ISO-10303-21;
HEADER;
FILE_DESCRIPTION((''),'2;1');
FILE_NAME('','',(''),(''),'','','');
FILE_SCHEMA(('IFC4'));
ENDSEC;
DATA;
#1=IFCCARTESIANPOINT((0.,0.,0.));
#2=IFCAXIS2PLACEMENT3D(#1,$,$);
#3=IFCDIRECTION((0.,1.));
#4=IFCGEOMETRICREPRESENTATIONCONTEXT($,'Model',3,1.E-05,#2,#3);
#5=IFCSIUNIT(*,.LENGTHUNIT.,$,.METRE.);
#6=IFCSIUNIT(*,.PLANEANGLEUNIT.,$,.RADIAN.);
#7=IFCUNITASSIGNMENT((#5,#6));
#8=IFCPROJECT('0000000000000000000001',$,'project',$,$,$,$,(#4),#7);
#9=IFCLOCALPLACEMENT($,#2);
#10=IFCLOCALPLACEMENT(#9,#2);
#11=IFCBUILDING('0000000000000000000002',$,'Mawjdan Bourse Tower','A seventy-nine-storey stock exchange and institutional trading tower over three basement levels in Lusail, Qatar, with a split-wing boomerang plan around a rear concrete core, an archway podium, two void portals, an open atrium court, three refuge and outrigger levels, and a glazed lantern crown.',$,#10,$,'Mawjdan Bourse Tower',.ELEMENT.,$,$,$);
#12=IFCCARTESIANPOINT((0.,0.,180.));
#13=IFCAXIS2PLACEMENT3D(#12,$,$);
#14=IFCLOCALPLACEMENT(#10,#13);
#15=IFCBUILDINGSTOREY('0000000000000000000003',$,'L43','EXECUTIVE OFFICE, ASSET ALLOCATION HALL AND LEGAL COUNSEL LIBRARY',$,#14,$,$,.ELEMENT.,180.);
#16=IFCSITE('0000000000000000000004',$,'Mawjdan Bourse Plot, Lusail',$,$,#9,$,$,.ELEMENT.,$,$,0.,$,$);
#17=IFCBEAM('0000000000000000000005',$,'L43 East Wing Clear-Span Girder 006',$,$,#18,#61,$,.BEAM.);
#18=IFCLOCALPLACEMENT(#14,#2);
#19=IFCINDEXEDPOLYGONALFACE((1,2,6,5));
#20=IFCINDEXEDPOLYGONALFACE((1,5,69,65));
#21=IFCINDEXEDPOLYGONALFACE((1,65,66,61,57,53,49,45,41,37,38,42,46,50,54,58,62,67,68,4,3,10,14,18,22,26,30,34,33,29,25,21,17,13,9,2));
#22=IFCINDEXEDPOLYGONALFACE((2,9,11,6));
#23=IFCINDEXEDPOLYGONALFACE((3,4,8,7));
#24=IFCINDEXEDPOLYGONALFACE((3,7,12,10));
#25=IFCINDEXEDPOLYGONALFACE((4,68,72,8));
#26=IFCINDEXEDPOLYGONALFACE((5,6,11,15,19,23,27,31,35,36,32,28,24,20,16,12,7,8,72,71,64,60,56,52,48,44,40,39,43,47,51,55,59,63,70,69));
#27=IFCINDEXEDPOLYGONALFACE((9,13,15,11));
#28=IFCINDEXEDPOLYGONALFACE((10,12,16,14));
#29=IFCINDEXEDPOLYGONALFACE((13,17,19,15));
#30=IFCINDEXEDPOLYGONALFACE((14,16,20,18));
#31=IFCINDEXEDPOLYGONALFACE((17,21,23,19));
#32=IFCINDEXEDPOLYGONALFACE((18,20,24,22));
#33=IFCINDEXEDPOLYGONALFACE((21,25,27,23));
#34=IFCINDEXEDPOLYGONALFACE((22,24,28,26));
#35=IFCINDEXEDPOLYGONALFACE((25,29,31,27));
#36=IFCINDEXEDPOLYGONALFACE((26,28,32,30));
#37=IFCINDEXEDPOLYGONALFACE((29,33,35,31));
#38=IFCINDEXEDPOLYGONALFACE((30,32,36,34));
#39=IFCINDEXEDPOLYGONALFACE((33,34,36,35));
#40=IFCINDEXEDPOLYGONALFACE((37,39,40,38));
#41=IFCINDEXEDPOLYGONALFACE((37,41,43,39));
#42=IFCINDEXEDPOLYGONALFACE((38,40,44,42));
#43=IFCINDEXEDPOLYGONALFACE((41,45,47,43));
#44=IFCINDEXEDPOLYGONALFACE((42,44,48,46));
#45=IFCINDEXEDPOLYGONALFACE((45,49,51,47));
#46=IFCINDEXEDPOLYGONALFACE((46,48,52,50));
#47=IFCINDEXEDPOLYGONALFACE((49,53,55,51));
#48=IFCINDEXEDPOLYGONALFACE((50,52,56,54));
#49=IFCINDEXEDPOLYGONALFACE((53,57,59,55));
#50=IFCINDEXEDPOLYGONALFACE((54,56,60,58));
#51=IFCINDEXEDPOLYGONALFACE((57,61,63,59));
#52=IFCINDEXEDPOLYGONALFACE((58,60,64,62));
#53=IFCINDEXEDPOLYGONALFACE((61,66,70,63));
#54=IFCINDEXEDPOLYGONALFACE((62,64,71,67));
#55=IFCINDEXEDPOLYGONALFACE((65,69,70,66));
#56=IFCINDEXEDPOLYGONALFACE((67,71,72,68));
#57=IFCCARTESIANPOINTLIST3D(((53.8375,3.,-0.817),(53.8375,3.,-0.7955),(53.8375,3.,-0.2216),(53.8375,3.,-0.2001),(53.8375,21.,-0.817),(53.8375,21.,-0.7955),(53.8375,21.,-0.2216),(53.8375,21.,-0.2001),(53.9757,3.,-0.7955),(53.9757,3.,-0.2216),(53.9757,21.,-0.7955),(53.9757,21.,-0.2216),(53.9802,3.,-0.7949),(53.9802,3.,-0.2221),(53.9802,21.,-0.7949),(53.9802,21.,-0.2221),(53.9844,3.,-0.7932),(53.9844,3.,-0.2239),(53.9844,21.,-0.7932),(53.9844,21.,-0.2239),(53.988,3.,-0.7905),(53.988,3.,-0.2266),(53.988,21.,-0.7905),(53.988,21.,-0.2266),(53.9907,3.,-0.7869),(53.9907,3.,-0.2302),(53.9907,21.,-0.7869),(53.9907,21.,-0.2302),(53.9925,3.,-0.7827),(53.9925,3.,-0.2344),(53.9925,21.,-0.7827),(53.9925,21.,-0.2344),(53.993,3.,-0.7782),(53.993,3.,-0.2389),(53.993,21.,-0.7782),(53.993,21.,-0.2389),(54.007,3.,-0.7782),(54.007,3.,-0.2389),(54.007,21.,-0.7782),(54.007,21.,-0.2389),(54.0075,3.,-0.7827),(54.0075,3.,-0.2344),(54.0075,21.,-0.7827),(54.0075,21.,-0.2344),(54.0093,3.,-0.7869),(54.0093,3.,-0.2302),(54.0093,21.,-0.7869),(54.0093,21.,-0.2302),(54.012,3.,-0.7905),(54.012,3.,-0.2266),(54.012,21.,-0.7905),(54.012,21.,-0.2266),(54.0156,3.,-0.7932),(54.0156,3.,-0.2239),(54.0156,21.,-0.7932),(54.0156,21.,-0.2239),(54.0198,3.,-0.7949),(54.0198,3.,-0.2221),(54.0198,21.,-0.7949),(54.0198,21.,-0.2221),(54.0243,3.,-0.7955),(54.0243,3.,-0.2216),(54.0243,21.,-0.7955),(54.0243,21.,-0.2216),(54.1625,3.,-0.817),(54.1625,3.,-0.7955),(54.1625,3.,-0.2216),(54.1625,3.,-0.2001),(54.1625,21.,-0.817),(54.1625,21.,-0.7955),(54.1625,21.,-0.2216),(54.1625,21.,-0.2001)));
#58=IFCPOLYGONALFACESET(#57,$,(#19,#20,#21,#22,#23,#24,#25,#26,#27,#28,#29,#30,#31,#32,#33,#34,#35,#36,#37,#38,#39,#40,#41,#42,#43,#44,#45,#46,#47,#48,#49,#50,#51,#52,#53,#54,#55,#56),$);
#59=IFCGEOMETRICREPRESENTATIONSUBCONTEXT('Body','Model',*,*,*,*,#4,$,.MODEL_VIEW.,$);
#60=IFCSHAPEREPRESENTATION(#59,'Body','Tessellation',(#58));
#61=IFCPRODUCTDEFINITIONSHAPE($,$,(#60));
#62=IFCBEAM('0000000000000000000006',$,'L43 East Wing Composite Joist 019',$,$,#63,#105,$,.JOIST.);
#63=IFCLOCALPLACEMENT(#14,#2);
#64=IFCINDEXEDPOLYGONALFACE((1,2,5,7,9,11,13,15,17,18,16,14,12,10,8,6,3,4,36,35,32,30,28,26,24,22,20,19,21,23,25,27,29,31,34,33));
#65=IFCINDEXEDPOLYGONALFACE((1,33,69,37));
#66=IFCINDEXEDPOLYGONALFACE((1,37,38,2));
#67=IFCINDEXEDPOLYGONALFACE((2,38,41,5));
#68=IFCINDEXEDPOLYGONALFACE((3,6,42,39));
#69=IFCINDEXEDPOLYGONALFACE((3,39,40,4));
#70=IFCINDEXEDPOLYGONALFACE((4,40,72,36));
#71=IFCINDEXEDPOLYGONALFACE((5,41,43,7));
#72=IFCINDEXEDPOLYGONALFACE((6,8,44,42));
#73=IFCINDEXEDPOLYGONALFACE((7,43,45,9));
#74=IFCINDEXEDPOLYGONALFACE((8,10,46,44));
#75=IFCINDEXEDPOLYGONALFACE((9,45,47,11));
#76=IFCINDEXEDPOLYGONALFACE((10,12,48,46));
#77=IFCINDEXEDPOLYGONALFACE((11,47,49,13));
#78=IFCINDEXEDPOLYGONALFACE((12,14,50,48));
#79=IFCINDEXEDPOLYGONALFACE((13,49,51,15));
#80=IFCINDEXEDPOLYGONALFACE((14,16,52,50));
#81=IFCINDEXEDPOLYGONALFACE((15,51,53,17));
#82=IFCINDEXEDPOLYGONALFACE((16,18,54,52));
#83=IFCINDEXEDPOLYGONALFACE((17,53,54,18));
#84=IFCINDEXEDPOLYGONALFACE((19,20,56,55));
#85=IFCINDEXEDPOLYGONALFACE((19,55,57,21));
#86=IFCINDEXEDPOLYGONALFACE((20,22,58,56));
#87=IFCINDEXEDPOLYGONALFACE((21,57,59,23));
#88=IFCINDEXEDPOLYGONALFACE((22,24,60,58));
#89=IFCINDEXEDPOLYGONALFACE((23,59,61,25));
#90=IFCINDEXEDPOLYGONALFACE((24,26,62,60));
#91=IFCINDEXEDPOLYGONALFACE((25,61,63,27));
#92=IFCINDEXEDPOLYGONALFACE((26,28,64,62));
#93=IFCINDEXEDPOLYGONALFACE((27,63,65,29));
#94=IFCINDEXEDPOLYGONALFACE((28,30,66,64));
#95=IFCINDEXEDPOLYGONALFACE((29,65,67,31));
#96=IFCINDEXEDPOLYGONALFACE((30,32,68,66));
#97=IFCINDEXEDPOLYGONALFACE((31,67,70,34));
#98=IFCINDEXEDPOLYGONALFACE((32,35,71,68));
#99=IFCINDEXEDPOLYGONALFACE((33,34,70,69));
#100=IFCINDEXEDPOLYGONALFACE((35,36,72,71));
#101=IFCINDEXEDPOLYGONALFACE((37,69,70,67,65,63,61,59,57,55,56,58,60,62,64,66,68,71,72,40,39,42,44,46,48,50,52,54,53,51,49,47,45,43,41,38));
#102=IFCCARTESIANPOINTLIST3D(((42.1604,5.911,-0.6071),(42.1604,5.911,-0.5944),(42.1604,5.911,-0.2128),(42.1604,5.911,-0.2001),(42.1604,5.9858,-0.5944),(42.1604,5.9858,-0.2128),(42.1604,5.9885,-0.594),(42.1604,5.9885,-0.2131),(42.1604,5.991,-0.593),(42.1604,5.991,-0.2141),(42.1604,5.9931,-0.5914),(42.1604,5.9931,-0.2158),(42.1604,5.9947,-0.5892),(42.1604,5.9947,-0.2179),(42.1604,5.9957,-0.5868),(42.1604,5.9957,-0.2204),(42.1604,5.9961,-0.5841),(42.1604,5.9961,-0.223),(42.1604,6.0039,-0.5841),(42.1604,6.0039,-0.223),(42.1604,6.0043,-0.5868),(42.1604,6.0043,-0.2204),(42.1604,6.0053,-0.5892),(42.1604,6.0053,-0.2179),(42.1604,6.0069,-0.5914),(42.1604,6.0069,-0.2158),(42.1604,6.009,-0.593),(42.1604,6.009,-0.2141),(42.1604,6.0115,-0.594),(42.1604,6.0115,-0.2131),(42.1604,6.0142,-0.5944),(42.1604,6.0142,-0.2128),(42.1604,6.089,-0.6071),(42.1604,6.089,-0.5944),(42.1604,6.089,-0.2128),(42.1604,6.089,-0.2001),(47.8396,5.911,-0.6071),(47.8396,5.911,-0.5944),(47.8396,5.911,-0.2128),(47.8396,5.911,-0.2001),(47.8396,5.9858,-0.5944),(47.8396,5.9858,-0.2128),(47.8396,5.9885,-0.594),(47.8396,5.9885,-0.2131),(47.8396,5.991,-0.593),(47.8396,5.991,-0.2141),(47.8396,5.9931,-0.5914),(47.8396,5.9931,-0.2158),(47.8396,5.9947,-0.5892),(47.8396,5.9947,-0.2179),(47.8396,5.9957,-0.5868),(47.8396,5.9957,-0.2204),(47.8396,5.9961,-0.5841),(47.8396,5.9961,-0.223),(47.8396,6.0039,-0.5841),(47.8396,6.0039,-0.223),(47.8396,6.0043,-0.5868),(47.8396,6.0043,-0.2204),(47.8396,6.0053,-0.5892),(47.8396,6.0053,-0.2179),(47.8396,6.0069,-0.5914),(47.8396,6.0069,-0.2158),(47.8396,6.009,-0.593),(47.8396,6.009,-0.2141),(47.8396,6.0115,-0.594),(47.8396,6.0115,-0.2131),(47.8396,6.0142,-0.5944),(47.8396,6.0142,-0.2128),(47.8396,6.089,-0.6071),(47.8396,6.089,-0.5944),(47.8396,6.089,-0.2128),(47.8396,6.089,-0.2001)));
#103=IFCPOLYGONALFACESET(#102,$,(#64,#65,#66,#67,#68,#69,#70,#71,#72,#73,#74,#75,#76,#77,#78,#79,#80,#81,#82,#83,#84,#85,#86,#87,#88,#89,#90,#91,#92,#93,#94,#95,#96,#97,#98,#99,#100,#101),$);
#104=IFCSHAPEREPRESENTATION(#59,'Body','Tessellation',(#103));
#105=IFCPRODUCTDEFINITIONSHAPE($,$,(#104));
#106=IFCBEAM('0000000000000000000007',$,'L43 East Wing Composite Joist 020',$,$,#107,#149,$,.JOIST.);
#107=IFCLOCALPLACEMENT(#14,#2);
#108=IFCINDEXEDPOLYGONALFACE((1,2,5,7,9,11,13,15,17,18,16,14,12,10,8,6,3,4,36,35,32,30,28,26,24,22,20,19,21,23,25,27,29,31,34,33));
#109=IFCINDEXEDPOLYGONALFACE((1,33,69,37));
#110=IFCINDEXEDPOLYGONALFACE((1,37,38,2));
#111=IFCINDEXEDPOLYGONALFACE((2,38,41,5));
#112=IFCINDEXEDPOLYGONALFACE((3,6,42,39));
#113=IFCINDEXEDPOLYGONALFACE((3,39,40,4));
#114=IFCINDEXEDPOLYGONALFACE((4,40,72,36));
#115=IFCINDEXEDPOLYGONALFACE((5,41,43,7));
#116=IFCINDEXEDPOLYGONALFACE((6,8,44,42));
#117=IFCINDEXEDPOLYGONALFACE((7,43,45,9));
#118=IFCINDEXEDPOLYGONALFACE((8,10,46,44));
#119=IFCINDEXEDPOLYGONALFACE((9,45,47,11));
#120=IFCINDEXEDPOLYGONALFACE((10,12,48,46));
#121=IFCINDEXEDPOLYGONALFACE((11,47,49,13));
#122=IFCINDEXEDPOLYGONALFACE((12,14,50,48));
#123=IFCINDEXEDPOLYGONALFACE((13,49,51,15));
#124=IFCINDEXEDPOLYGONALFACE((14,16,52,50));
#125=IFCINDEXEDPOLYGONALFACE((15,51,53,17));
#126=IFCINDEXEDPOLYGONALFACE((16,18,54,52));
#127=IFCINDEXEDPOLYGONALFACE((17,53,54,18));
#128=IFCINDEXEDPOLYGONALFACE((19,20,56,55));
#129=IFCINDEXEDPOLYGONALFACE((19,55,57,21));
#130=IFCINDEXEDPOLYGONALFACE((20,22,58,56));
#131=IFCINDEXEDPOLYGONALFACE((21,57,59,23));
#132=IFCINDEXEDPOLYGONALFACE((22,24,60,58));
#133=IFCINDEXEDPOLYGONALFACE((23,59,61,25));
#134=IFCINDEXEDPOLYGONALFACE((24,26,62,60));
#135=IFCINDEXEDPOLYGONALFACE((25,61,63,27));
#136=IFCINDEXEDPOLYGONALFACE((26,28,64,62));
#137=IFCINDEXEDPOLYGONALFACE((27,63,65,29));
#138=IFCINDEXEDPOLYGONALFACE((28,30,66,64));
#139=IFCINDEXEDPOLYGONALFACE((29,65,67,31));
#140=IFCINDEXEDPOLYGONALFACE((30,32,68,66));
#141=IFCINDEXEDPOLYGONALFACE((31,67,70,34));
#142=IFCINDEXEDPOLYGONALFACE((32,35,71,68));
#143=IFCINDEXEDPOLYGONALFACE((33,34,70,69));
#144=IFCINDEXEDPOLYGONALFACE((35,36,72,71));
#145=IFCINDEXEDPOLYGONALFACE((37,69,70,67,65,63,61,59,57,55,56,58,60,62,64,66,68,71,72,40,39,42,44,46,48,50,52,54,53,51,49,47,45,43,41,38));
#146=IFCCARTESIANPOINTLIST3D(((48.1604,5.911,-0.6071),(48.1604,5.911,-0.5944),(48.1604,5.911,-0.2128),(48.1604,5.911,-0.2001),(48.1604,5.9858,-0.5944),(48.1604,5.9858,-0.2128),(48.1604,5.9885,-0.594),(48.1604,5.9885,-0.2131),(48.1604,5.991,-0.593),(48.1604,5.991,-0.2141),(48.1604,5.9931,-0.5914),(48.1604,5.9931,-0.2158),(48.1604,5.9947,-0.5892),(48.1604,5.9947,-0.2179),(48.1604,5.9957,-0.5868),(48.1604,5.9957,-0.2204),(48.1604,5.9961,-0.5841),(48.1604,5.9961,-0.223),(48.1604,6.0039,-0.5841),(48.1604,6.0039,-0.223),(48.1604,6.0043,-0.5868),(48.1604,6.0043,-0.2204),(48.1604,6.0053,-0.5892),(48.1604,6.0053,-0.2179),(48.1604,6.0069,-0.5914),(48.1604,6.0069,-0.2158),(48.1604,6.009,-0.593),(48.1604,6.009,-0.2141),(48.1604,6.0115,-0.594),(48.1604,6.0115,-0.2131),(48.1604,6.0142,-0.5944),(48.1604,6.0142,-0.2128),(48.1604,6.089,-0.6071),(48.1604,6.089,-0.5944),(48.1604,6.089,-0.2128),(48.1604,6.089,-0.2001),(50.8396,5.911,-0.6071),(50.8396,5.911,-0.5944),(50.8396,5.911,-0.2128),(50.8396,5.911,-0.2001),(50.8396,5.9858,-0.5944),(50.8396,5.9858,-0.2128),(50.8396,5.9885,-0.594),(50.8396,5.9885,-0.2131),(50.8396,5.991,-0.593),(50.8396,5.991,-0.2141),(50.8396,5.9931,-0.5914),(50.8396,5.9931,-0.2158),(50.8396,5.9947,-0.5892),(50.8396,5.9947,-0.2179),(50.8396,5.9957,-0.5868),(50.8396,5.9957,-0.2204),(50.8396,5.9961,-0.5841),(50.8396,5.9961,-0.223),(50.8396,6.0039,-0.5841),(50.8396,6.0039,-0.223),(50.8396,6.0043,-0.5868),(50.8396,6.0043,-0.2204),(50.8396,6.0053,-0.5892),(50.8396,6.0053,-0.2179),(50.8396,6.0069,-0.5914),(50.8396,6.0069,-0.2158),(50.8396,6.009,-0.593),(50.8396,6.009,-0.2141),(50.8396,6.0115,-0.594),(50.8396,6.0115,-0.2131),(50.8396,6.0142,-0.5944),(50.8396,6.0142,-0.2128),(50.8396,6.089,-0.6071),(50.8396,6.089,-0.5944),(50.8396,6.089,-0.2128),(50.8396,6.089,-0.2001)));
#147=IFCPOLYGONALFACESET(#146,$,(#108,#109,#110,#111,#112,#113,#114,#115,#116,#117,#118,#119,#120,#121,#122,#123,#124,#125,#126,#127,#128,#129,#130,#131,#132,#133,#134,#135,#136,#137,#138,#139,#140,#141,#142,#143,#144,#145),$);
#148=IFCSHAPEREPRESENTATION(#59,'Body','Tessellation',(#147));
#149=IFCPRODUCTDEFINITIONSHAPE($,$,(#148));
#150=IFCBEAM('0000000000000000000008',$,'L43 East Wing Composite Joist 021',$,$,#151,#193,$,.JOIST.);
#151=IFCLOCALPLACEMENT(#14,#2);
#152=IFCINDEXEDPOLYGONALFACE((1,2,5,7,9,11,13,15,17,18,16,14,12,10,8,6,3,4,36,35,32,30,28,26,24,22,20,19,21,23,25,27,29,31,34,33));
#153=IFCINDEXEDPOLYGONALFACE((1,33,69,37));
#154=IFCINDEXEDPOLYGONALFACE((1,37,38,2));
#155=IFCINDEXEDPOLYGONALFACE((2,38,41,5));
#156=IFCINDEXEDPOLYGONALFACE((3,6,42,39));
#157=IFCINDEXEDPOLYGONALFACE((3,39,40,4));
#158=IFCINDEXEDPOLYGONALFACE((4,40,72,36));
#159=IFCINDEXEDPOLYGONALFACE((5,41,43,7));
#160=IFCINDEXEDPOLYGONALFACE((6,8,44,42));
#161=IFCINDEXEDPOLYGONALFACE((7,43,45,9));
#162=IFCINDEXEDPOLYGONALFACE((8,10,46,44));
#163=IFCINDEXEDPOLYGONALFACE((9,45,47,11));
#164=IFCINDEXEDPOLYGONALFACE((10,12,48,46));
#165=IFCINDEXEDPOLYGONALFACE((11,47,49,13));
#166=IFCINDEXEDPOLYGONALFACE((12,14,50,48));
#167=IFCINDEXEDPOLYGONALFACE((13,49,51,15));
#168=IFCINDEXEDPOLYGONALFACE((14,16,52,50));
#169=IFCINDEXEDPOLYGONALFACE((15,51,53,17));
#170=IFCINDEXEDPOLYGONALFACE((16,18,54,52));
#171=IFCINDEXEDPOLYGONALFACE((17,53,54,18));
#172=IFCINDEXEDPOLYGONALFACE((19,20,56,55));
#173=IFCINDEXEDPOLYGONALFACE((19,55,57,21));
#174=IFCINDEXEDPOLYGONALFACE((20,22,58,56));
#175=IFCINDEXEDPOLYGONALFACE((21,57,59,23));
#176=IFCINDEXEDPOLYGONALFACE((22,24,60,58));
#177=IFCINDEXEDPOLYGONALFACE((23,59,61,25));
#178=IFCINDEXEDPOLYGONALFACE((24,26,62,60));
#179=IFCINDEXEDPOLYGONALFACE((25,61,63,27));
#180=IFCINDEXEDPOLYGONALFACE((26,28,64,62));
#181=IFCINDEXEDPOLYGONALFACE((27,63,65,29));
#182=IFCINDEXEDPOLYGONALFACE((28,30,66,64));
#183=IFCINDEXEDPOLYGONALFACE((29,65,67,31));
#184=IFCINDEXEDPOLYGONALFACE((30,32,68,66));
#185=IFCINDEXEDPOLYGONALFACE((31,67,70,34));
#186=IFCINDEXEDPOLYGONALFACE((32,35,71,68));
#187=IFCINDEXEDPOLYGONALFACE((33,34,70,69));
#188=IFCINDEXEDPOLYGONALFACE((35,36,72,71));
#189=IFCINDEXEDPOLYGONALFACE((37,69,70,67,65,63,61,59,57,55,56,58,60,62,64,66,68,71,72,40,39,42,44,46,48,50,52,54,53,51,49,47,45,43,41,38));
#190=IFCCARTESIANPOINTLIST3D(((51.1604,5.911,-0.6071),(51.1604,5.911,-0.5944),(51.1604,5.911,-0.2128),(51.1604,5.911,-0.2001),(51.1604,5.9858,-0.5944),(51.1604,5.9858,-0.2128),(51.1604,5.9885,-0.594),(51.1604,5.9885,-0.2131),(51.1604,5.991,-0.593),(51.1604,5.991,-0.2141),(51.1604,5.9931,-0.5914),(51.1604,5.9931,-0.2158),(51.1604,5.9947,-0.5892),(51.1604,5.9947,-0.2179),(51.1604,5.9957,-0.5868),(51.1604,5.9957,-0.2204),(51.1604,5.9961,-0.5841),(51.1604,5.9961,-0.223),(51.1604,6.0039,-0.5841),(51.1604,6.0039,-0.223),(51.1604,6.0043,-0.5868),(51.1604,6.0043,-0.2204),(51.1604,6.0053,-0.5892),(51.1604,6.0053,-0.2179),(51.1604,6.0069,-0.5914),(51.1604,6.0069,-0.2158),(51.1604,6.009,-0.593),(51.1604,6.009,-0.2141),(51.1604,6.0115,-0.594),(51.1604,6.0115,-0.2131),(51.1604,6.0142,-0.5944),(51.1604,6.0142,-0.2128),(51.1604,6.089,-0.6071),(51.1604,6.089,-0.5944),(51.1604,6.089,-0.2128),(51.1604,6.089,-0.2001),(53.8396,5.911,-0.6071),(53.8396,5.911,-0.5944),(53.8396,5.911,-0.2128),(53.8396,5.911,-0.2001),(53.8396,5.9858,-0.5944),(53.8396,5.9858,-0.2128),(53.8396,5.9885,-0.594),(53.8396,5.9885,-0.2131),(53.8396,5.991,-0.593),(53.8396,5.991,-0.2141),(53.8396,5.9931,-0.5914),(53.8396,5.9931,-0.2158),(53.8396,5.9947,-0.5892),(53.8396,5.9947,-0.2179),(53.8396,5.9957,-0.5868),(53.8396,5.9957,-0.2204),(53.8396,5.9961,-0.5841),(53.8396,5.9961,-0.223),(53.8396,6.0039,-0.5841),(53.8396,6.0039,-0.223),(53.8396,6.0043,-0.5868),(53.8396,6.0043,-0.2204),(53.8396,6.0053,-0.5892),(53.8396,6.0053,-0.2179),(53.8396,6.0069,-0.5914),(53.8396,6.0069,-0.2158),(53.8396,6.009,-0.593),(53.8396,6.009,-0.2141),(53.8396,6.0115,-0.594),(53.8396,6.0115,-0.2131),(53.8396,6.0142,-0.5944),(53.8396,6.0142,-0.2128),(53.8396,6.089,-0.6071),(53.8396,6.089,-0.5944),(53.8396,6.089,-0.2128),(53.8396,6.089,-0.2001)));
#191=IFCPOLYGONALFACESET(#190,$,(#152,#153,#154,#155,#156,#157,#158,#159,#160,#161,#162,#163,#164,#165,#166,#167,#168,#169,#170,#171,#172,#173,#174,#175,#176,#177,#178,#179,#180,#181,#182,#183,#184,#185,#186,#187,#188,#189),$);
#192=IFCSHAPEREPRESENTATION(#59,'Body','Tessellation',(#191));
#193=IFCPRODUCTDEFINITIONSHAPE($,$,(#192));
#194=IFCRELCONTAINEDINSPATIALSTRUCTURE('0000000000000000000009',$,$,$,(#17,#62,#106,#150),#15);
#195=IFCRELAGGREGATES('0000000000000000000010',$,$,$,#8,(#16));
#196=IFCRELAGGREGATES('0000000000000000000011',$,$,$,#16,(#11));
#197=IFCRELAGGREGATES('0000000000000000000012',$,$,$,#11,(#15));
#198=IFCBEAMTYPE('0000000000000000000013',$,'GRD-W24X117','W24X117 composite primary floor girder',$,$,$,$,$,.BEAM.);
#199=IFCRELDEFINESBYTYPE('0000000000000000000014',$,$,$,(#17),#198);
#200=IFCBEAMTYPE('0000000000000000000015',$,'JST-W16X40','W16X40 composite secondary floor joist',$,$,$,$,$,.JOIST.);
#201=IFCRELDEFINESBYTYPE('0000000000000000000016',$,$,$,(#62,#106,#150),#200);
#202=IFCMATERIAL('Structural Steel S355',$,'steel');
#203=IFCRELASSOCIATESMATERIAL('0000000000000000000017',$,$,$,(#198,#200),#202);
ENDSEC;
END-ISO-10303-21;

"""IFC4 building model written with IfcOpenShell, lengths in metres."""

from ifc_helpers import new_model, si_unit, direction, frame, origin, origin_2d, place, context, subcontext, project, spatial, i_section, extrude, material, material_profile, profile_set, type_object, element, save


model = new_model("IFC4")

# Units and contexts
model_context = context("Model", 3, precision=1e-05, world=origin(), true_north=direction((0.0, 1.0)))
body_context = subcontext(model_context, "Body", "Model", "MODEL_VIEW")
ifc_project = project(units=[si_unit("LENGTHUNIT", "METRE"), si_unit("PLANEANGLEUNIT", "RADIAN")], contexts=[model_context])

# Site, building, storey
site_placement = place(None, origin())
site = spatial("IfcSite", under=ifc_project, at=site_placement, Name="Mawjdan Bourse Plot, Lusail", CompositionType="ELEMENT", RefElevation=0.0)
building_placement = place(site_placement, origin())
building = spatial("IfcBuilding", under=site, at=building_placement, Name="Mawjdan Bourse Tower", Description="A seventy-nine-storey stock exchange and institutional trading tower over three basement levels in Lusail, Qatar, with a split-wing boomerang plan around a rear concrete core, an archway podium, two void portals, an open atrium court, three refuge and outrigger levels, and a glazed lantern crown.", LongName="Mawjdan Bourse Tower", CompositionType="ELEMENT")
storey_placement = place(building_placement, frame((0.0, 0.0, 180.0)))
storey = spatial("IfcBuildingStorey", under=building, at=storey_placement, Name="L43", Description="EXECUTIVE OFFICE, ASSET ALLOCATION HALL AND LEGAL COUNSEL LIBRARY", CompositionType="ELEMENT", Elevation=180.0)

# Beams
ifc_material_1 = material(Name="Structural Steel S355", Category="steel")
ifc_material_profile_1 = material_profile(ifc_material_1, i_section(OverallWidth=0.325, OverallDepth=0.6169, WebThickness=0.0139, FlangeThickness=0.0215, FilletRadius=0.0173, at=origin_2d()), Name="W24X117")
ifc_profile_set_1 = profile_set([ifc_material_profile_1], Name="Structural Steel S355")
beam_type_1 = type_object("IfcBeamType", Name="GRD-W24X117", Description="W24X117 composite primary floor girder", PredefinedType="BEAM", material=ifc_profile_set_1)
for number, where, z_axis, x_axis, name in (
    (1, (54.0, 3.0, -0.5085), (0.0, 1.0, 0.0), (-1.0, 0.0, 0.0), "L43 East Wing Clear-Span Girder 006"),
):
    element("IfcBeam", number, at=place(storey_placement, frame(where, z_axis=z_axis, x_axis=x_axis)), inside=storey, type_object=beam_type_1, Name=name, PredefinedType="BEAM", context=body_context, shape_type="SweptSolid", body=[
        extrude(i_section(OverallWidth=0.325, OverallDepth=0.6169, WebThickness=0.0139, FlangeThickness=0.0215, FilletRadius=0.0173, at=origin_2d()), origin(), (0.0, 0.0, 1.0), 18.0),
    ])
ifc_material_profile_2 = material_profile(ifc_material_1, i_section(OverallWidth=0.178, OverallDepth=0.407, WebThickness=0.0078, FlangeThickness=0.0127, FilletRadius=0.0103, at=origin_2d()), Name="W16X40")
ifc_profile_set_2 = profile_set([ifc_material_profile_2], Name="Structural Steel S355")
beam_type_2 = type_object("IfcBeamType", Name="JST-W16X40", Description="W16X40 composite secondary floor joist", PredefinedType="JOIST", material=ifc_profile_set_2)
beam_1_placement = place(storey_placement, frame((42.1604, 6.0, -0.4036), z_axis=(1.0, 0.0, 0.0), x_axis=(0.0, 1.0, 0.0)))
element("IfcBeam", 2, at=beam_1_placement, inside=storey, type_object=beam_type_2, Name="L43 East Wing Composite Joist 019", PredefinedType="JOIST", context=body_context, shape_type="SweptSolid", body=[
    extrude(i_section(OverallWidth=0.178, OverallDepth=0.407, WebThickness=0.0078, FlangeThickness=0.0127, FilletRadius=0.0103, at=origin_2d()), origin(), (0.0, 0.0, 1.0), 5.6792),
])
for number, where, z_axis, x_axis, name in (
    (3, (48.1604, 6.0, -0.4036), (1.0, 0.0, 0.0), (0.0, 1.0, 0.0), "L43 East Wing Composite Joist 020"),
    (4, (51.1604, 6.0, -0.4036), (1.0, 0.0, 0.0), (0.0, 1.0, 0.0), "L43 East Wing Composite Joist 021"),
):
    element("IfcBeam", number, at=place(storey_placement, frame(where, z_axis=z_axis, x_axis=x_axis)), inside=storey, type_object=beam_type_2, Name=name, PredefinedType="JOIST", context=body_context, shape_type="SweptSolid", body=[
        extrude(i_section(OverallWidth=0.178, OverallDepth=0.407, WebThickness=0.0078, FlangeThickness=0.0127, FilletRadius=0.0103, at=origin_2d()), origin(), (0.0, 0.0, 1.0), 2.6792),
    ])

save(model, "model.ifc")
